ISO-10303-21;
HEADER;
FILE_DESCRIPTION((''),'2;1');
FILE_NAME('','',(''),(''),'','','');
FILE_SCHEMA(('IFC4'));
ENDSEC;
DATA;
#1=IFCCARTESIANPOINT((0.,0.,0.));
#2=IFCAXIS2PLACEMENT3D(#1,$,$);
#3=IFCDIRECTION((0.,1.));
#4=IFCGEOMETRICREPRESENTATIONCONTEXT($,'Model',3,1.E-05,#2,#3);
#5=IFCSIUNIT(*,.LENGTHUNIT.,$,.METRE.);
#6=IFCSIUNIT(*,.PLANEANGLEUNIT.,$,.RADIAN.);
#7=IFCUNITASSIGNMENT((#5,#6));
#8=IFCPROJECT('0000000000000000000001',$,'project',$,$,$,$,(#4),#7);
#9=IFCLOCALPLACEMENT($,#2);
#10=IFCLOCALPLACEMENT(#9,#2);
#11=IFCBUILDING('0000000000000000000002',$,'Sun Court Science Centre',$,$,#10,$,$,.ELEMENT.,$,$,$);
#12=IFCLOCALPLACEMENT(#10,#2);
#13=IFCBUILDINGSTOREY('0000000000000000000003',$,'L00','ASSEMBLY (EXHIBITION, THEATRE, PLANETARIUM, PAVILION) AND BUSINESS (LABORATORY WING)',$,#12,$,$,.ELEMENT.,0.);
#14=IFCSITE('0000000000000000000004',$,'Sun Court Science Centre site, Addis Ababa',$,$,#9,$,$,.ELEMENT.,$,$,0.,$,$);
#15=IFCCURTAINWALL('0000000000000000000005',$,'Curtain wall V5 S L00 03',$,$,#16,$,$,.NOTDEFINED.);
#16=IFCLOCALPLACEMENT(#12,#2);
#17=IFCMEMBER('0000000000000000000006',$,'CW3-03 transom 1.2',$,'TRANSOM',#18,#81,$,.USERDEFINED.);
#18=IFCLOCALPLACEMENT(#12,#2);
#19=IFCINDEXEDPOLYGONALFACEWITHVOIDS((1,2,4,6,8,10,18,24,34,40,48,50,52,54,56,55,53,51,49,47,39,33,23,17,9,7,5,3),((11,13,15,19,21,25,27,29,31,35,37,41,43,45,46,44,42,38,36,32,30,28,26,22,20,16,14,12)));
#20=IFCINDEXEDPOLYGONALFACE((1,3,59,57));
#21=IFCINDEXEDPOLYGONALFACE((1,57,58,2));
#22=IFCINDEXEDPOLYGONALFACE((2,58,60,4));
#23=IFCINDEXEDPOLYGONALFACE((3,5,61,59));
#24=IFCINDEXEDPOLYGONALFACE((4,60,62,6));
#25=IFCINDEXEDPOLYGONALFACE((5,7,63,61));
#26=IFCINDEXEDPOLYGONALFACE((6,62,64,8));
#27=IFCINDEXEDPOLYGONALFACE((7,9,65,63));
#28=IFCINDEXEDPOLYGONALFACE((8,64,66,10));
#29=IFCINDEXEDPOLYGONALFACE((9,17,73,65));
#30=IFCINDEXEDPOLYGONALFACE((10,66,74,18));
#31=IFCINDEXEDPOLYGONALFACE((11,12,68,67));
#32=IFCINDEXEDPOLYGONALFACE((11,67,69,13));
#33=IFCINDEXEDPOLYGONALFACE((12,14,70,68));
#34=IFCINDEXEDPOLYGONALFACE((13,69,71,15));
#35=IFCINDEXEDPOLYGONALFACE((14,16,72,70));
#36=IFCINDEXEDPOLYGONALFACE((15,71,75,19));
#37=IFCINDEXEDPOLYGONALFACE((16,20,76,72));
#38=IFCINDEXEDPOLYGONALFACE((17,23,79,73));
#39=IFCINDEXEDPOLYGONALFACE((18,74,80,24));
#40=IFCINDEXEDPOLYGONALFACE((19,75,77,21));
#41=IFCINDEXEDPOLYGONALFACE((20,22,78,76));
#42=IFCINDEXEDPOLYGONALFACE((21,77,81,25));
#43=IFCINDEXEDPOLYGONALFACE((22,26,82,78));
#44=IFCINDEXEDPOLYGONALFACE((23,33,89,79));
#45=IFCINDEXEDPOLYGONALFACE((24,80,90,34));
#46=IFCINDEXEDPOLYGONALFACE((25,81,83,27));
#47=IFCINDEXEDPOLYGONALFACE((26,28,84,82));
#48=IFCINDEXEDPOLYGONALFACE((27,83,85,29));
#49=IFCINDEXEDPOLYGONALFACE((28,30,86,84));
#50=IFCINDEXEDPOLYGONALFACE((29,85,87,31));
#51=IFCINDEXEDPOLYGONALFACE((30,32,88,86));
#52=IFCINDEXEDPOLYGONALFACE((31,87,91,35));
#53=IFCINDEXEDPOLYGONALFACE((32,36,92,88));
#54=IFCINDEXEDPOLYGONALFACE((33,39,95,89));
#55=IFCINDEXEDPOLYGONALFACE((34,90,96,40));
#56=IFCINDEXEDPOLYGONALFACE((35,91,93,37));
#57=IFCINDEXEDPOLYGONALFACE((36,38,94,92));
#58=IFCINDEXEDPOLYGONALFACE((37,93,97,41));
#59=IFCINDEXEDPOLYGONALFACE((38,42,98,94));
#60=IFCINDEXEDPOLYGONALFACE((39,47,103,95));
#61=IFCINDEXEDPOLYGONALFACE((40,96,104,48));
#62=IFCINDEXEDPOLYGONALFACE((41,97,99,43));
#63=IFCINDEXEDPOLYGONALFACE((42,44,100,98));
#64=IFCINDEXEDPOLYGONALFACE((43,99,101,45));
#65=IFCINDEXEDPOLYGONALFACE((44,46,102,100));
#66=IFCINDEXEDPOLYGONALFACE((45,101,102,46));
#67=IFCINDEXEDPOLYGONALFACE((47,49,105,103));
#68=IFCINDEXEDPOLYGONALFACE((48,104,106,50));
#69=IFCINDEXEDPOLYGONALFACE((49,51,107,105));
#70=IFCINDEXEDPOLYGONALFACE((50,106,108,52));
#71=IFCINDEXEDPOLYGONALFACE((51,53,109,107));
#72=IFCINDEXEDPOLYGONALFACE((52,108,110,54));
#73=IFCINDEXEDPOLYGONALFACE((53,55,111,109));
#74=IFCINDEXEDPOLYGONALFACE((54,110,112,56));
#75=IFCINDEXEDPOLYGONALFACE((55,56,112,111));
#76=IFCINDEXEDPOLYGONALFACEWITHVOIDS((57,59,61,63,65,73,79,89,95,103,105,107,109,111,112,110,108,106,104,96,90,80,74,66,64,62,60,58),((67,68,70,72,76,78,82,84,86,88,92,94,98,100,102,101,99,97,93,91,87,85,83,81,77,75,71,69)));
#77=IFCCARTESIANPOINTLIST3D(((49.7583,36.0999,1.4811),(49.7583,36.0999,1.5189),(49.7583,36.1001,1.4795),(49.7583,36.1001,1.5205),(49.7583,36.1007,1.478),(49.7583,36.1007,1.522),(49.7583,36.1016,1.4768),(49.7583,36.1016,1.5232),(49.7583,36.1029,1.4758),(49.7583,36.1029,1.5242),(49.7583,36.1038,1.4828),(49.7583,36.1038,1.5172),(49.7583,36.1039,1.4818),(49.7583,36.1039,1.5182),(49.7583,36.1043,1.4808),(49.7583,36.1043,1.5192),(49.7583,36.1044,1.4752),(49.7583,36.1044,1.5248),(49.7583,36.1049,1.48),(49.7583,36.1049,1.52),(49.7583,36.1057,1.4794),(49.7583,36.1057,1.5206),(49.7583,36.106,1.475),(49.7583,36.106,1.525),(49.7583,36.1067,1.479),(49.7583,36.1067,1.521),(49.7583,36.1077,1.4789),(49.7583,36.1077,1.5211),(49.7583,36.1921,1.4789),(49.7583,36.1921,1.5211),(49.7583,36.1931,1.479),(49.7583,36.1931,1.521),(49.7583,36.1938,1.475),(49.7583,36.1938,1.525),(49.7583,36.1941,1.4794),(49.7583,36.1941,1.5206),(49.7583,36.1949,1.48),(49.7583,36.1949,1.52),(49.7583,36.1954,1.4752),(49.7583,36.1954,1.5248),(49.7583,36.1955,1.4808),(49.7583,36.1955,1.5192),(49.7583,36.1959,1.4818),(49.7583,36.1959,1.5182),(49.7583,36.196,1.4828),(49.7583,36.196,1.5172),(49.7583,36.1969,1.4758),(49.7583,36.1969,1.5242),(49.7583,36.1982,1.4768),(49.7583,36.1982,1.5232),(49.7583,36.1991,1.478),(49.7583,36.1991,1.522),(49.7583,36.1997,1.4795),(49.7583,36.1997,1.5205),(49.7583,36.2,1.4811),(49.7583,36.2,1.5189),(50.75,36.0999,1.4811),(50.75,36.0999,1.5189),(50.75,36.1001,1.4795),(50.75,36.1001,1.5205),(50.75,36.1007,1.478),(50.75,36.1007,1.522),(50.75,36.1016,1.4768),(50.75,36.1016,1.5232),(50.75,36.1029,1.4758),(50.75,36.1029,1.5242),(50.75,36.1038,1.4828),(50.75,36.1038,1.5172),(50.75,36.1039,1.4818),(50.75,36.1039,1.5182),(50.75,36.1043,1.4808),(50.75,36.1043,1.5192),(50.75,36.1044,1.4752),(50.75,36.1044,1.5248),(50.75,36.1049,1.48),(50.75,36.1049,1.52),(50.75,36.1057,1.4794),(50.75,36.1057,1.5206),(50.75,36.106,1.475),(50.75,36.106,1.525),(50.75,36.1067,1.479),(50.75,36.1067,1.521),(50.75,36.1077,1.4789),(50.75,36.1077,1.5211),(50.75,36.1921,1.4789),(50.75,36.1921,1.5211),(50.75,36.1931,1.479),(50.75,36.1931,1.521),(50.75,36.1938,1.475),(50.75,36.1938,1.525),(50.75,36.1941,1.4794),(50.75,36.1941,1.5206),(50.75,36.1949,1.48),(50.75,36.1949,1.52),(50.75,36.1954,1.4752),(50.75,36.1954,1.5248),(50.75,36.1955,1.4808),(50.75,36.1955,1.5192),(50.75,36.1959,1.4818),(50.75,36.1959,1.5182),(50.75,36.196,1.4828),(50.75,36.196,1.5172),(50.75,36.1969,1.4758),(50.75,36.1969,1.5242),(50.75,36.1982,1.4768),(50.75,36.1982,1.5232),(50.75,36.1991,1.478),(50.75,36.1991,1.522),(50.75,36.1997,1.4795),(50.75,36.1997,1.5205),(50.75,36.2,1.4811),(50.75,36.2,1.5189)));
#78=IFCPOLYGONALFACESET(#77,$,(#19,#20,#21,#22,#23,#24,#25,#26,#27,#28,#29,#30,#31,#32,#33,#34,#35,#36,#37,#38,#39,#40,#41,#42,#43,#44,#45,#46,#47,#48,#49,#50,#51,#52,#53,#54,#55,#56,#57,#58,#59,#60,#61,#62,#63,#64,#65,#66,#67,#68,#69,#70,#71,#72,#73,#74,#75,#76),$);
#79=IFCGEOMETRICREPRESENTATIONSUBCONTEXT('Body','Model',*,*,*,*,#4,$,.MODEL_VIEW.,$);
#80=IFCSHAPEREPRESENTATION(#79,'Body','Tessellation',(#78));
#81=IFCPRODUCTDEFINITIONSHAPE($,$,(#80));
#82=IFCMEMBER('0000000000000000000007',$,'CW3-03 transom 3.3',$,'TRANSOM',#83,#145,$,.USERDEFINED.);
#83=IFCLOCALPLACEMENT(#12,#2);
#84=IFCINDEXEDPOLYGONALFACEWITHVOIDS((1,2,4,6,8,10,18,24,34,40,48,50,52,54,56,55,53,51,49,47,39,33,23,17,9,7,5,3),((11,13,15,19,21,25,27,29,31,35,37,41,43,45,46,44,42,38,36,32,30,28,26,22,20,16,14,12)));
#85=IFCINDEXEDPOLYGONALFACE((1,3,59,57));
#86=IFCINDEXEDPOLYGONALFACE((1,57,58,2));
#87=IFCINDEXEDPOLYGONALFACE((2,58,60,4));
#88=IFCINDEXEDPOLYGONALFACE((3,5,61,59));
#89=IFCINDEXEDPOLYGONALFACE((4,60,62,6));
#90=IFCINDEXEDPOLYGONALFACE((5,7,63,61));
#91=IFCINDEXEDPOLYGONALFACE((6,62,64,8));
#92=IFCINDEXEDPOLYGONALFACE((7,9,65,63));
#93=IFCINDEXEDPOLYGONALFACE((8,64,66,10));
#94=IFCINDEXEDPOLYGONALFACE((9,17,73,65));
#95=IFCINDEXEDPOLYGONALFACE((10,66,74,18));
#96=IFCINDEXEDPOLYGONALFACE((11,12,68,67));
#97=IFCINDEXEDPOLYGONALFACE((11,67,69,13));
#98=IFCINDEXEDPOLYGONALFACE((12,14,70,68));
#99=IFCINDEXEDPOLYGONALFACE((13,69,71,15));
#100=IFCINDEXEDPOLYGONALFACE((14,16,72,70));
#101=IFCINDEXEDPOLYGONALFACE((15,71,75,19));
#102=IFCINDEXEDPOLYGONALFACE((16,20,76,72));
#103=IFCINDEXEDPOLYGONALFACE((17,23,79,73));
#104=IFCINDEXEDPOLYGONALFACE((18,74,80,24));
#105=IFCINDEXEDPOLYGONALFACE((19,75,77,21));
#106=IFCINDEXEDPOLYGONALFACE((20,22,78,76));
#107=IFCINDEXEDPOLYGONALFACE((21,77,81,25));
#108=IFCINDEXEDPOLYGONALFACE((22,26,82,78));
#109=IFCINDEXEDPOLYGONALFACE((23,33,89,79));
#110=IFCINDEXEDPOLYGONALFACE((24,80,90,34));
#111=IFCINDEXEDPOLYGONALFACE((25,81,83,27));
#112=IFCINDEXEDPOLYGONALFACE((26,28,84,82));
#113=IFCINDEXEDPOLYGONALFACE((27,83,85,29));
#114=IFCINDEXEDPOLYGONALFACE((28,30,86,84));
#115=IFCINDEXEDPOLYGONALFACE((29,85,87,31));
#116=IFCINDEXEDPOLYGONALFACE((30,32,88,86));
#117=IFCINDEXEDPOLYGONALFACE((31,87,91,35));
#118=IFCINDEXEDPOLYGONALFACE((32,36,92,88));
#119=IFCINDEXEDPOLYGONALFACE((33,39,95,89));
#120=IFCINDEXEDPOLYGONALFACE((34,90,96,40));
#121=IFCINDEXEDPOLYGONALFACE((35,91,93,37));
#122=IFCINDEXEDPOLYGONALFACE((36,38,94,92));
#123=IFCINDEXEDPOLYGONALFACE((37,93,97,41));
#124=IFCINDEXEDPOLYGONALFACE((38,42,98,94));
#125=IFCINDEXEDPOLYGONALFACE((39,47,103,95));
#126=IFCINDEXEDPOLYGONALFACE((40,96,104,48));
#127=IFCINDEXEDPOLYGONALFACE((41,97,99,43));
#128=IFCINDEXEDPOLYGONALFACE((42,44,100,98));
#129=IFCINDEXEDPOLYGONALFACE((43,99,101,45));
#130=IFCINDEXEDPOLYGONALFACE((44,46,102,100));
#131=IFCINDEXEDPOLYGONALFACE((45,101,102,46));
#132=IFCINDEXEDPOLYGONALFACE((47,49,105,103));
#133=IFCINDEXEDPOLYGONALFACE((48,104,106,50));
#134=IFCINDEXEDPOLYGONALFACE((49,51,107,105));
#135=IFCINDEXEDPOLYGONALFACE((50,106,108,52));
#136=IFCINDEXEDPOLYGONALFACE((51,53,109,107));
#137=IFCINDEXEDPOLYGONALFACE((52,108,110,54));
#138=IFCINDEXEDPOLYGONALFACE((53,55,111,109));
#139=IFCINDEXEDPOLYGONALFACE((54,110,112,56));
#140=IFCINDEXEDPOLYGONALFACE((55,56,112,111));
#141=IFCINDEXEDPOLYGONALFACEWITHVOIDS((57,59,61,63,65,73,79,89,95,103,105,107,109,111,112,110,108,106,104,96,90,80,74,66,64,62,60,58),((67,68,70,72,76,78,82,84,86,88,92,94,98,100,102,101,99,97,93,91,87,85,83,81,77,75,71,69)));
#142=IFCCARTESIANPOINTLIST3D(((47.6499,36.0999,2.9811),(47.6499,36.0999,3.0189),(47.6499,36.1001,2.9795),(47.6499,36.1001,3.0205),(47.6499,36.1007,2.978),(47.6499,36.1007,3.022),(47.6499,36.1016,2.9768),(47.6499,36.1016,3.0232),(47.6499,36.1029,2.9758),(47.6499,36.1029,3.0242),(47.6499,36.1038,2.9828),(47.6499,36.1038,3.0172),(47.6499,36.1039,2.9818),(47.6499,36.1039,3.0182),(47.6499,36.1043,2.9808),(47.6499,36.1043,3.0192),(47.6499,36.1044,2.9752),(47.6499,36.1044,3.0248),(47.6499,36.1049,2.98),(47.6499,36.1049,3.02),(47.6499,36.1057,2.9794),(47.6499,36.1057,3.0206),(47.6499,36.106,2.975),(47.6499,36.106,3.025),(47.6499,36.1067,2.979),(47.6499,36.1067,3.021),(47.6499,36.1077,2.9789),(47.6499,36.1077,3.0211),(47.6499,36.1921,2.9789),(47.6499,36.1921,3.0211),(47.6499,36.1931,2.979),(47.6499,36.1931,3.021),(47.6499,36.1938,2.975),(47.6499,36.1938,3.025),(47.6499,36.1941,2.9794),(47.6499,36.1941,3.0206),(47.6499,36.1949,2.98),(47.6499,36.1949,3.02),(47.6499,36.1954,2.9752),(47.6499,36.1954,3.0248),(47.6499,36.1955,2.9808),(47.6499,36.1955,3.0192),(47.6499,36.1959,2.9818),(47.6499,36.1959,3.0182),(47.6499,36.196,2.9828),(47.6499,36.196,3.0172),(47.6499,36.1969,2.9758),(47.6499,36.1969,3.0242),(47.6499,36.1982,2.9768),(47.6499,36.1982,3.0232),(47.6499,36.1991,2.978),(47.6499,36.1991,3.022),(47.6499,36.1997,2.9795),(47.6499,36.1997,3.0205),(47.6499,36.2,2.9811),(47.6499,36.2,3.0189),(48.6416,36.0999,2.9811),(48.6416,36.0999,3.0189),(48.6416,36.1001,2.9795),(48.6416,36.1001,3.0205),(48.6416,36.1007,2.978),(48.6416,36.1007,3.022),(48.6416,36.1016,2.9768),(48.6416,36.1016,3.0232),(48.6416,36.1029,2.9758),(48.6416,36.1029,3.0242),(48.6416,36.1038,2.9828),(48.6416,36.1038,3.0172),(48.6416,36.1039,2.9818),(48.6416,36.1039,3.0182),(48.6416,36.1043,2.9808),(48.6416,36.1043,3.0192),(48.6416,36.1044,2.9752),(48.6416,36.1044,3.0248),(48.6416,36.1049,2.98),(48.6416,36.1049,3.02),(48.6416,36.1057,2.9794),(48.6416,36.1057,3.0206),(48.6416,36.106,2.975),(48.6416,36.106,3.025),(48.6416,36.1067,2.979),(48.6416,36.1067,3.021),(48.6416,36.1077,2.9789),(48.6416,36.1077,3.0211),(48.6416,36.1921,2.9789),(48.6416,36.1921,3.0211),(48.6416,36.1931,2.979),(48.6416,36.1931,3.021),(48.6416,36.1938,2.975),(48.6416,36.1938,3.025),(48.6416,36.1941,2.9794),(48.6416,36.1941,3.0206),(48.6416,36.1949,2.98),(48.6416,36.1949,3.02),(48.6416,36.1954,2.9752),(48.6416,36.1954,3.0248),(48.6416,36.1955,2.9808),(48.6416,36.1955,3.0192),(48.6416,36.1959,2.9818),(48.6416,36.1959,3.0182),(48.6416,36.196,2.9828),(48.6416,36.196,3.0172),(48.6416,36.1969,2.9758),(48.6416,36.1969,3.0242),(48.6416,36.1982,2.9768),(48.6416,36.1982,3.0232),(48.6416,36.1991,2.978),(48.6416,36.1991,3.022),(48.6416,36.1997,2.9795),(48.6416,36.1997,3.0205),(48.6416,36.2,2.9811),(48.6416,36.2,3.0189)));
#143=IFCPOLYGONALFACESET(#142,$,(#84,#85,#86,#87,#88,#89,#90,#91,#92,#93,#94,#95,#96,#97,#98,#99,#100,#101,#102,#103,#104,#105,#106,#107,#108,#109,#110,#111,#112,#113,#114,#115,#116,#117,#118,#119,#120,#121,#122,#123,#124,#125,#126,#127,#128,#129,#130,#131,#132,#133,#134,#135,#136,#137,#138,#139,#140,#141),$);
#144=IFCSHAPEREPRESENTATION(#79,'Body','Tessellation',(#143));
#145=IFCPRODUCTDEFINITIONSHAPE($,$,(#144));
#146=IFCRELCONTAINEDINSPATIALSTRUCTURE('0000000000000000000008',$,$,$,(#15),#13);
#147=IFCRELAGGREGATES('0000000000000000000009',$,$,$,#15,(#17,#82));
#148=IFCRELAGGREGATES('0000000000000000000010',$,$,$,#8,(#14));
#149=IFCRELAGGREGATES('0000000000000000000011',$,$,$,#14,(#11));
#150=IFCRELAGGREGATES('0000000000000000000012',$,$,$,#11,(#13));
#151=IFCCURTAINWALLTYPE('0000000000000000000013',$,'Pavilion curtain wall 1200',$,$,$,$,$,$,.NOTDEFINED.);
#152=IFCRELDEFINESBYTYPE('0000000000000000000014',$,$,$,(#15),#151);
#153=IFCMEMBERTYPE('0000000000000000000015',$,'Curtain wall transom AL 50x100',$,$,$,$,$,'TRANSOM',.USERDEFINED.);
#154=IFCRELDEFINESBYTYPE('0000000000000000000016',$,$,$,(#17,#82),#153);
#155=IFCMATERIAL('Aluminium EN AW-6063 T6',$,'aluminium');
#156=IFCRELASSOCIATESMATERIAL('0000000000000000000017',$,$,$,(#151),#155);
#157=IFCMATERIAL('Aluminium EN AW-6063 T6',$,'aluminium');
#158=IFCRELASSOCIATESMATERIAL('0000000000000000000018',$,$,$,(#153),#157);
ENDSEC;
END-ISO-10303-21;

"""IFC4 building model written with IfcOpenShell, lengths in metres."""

from ifc_helpers import new_model, si_unit, direction, frame, origin, origin_2d, place, context, subcontext, project, spatial, hollow_rectangle, extrude, material, material_profile, profile_set, type_object, element, aggregate, save


model = new_model("IFC4")

# Units and contexts
model_context = context("Model", 3, precision=1e-05, world=origin(), true_north=direction((0.0, 1.0)))
body_context = subcontext(model_context, "Body", "Model", "MODEL_VIEW")
ifc_project = project(units=[si_unit("LENGTHUNIT", "METRE"), si_unit("PLANEANGLEUNIT", "RADIAN")], contexts=[model_context])

# Site, building, storey
site_placement = place(None, origin())
site = spatial("IfcSite", under=ifc_project, at=site_placement, Name="Sun Court Science Centre site, Addis Ababa", CompositionType="ELEMENT", RefElevation=0.0)
building_placement = place(site_placement, origin())
building = spatial("IfcBuilding", under=site, at=building_placement, Name="Sun Court Science Centre", CompositionType="ELEMENT")
storey_placement = place(building_placement, origin())
storey = spatial("IfcBuildingStorey", under=building, at=storey_placement, Name="L00", Description="ASSEMBLY (EXHIBITION, THEATRE, PLANETARIUM, PAVILION) AND BUSINESS (LABORATORY WING)", CompositionType="ELEMENT", Elevation=0.0)

# Curtain wall, members
ifc_material_1 = material(Name="Aluminium EN AW-6063 T6", Category="aluminium")
curtain_wall_type = type_object("IfcCurtainWallType", Name="Pavilion curtain wall 1200", PredefinedType="NOTDEFINED", material=ifc_material_1)
ifc_material_2 = material(Name="Aluminium EN AW-6063 T6", Category="aluminium")
ifc_material_profile = material_profile(ifc_material_2, hollow_rectangle(XDim=0.05, YDim=0.1001, WallThickness=0.0039, InnerFilletRadius=0.0039, OuterFilletRadius=0.0061, at=origin_2d()), Name="AL 50x100x4")
ifc_profile_set = profile_set([ifc_material_profile], Name="Aluminium EN AW-6063 T6")
member_type = type_object("IfcMemberType", Name="Curtain wall transom AL 50x100", ElementType="TRANSOM", PredefinedType="USERDEFINED", material=ifc_profile_set)
curtain_wall_1_placement = place(storey_placement, origin())
curtain_wall_1 = element("IfcCurtainWall", 1, at=curtain_wall_1_placement, inside=storey, type_object=curtain_wall_type, Name="Curtain wall V5 S L00 03", PredefinedType="NOTDEFINED")
member_1_placement = place(storey_placement, frame((50.75, 36.1499, 1.5), z_axis=(-1.0, 0.0, 0.0), x_axis=(0.0, 0.0, 1.0)))
member_1 = element("IfcMember", 2, at=member_1_placement, type_object=member_type, Name="CW3-03 transom 1.2", ObjectType="TRANSOM", PredefinedType="USERDEFINED", context=body_context, shape_type="SweptSolid", body=[
    extrude(hollow_rectangle(XDim=0.05, YDim=0.1001, WallThickness=0.0039, InnerFilletRadius=0.0039, OuterFilletRadius=0.0061, at=origin_2d()), origin(), (0.0, 0.0, 1.0), 0.9917),
])
member_2_placement = place(storey_placement, frame((48.6416, 36.1499, 3.0), z_axis=(-1.0, 0.0, 0.0), x_axis=(0.0, 0.0, 1.0)))
member_2 = element("IfcMember", 3, at=member_2_placement, type_object=member_type, Name="CW3-03 transom 3.3", ObjectType="TRANSOM", PredefinedType="USERDEFINED", context=body_context, shape_type="SweptSolid", body=[
    extrude(hollow_rectangle(XDim=0.05, YDim=0.1001, WallThickness=0.0039, InnerFilletRadius=0.0039, OuterFilletRadius=0.0061, at=origin_2d()), origin(), (0.0, 0.0, 1.0), 0.9917),
])

aggregate(curtain_wall_1, [member_1, member_2])

save(model, "model.ifc")
